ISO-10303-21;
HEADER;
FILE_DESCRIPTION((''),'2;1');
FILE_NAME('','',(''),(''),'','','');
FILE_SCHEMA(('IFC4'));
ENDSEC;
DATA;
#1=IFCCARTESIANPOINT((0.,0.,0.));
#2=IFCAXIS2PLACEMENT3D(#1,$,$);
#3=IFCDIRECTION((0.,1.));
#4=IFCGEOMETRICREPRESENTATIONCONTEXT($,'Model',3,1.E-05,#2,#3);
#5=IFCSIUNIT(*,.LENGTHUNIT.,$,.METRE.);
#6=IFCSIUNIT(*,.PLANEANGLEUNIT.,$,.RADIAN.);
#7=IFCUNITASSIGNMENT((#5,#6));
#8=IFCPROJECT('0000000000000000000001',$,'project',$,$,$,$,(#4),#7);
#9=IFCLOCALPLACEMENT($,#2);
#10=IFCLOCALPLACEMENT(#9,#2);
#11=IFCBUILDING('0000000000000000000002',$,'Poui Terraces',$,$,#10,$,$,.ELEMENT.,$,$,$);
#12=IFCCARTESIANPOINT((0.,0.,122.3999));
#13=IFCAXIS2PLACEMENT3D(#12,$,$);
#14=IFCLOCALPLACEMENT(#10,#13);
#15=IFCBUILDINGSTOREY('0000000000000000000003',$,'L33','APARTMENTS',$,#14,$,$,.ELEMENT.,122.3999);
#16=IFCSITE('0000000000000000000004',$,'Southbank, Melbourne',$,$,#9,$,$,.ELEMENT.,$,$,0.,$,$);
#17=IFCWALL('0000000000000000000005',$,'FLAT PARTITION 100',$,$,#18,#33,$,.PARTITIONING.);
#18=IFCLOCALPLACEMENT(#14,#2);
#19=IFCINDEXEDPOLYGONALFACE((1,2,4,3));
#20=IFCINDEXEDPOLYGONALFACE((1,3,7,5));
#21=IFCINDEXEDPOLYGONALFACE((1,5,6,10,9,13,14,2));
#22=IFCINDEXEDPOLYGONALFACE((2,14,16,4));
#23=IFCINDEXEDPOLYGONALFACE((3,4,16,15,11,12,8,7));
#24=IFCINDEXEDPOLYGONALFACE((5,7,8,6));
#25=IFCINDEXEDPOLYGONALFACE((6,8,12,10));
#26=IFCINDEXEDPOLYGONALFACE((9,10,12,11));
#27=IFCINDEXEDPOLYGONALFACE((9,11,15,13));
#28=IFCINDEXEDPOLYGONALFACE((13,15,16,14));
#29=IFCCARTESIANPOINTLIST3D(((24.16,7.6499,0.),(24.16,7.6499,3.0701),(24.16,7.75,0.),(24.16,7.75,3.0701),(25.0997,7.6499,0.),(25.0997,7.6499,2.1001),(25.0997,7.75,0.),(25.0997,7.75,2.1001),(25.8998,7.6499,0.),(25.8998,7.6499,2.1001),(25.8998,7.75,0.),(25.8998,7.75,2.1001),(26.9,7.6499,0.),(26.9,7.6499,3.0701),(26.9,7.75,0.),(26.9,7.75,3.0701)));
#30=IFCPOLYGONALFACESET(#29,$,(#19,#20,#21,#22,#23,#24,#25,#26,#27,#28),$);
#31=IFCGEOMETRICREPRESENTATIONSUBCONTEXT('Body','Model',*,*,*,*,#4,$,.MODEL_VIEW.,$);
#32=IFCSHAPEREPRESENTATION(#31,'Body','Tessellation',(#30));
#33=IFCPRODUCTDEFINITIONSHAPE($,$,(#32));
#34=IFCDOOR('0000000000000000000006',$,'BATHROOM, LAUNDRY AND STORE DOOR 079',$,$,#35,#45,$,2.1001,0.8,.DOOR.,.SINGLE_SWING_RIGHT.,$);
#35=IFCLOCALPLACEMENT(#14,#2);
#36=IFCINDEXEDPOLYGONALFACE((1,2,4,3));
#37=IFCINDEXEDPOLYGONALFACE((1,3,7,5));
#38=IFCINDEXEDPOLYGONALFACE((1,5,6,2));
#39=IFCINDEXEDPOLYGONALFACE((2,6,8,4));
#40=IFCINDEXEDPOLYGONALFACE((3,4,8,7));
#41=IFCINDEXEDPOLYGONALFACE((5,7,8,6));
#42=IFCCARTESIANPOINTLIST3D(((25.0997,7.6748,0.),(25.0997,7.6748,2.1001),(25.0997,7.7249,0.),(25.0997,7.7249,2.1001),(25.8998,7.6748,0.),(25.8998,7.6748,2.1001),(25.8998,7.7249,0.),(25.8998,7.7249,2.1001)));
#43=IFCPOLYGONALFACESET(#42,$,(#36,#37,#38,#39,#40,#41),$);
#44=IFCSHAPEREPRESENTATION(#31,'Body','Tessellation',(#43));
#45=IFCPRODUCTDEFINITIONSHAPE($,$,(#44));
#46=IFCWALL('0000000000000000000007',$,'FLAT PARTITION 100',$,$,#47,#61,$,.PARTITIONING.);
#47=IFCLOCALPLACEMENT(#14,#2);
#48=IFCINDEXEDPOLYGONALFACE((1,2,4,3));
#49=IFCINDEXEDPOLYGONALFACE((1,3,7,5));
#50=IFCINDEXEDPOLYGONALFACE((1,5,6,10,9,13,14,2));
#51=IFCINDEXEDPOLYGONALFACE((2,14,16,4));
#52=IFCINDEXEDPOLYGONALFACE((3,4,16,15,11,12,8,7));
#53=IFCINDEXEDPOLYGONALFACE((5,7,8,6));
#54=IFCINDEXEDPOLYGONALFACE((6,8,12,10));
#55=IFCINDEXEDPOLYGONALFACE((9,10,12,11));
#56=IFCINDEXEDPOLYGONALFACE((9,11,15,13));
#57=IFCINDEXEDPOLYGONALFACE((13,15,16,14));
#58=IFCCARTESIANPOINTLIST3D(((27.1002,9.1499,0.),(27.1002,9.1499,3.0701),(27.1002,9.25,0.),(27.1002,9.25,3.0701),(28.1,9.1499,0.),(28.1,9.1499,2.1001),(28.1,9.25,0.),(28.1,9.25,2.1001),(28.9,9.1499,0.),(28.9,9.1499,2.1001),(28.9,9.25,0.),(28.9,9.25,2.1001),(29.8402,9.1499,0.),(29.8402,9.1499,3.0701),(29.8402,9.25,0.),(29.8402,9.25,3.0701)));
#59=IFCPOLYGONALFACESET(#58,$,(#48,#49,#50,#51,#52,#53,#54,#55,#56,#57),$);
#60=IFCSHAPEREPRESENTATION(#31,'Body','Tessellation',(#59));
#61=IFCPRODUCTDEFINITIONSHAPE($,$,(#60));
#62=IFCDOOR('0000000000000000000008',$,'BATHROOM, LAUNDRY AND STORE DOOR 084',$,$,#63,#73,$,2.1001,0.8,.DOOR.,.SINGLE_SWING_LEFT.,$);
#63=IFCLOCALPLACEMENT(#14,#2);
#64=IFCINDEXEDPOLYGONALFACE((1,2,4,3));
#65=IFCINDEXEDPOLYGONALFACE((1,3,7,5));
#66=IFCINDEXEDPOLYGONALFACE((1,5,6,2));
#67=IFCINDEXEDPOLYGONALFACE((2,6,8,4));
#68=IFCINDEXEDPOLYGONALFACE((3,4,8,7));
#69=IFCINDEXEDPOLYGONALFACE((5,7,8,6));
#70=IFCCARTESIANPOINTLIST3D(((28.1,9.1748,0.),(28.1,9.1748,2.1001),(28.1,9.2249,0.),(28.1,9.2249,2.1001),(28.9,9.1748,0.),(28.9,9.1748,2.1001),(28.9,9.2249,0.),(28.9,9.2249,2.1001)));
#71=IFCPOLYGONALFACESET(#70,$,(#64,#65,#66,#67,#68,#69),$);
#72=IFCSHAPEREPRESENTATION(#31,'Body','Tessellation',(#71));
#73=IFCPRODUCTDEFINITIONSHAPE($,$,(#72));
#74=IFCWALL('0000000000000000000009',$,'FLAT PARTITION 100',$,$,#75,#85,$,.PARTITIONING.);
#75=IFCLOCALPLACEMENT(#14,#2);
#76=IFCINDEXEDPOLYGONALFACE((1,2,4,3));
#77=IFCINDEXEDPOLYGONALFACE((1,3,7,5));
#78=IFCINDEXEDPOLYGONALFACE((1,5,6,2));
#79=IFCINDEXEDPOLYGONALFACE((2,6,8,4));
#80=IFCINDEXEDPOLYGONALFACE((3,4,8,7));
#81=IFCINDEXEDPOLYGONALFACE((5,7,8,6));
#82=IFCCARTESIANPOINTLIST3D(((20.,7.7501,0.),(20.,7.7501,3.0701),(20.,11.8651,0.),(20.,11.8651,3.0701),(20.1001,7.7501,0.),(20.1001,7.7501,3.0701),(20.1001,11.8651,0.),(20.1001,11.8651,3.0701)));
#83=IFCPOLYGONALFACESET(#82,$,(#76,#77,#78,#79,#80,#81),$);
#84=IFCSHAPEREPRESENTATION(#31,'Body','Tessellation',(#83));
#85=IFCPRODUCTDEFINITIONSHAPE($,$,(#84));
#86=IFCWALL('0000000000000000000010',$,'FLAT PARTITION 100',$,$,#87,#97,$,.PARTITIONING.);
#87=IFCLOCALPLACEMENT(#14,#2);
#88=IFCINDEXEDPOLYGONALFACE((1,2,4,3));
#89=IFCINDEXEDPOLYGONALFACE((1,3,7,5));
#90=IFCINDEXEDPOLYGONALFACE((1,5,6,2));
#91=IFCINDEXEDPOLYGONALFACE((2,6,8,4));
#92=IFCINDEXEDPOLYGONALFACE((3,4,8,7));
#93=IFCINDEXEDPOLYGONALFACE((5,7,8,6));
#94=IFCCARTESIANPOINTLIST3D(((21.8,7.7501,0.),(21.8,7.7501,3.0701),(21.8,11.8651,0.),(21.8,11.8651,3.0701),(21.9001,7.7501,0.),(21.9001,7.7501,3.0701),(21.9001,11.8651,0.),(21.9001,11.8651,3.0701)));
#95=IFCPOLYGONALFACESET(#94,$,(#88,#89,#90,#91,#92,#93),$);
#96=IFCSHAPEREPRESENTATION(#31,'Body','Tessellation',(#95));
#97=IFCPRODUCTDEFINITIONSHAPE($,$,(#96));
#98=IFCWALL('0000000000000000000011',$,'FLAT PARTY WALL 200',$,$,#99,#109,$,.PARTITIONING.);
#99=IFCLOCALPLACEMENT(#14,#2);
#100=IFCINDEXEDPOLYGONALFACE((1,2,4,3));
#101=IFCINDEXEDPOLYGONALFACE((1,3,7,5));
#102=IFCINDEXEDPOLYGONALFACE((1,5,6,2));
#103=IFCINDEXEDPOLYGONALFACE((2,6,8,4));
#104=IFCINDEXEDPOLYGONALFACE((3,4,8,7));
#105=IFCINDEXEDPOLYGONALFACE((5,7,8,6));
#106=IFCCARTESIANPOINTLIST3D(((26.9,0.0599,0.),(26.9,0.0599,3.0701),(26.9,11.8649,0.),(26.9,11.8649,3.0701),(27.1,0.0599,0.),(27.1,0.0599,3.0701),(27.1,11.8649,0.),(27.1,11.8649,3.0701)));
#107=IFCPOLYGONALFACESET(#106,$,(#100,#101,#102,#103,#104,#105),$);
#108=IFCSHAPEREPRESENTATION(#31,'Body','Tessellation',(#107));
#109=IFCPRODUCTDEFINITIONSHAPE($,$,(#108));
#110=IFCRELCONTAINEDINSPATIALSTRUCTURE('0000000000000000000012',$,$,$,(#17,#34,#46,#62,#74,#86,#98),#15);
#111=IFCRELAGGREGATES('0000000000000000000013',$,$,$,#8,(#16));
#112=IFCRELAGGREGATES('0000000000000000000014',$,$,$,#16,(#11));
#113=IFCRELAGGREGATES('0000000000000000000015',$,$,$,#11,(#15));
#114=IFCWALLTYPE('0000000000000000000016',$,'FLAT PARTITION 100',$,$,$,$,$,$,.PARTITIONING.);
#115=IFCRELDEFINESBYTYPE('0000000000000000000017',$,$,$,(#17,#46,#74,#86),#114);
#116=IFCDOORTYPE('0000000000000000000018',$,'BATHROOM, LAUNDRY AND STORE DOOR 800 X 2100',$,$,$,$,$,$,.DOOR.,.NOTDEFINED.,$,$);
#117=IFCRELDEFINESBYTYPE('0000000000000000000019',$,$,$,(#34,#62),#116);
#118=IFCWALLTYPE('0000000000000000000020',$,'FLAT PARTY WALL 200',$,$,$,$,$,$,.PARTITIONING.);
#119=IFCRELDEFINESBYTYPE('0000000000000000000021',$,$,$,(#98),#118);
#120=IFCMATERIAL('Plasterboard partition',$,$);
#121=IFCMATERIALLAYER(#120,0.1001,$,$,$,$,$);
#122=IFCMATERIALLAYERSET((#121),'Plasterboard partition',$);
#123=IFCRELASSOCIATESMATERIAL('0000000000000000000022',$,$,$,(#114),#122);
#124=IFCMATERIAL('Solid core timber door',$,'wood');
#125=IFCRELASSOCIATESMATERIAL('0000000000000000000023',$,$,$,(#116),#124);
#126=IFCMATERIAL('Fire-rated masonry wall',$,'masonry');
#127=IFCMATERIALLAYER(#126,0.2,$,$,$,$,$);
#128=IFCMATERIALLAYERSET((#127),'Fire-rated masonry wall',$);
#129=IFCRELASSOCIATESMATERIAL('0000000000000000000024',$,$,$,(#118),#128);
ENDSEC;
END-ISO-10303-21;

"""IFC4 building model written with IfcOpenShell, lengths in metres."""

from ifc_helpers import new_model, si_unit, direction, frame, frame_2d, origin, place, context, subcontext, project, spatial, rectangle, extrude, material, layer, layer_set, type_object, element, fill, save


model = new_model("IFC4")

# Units and contexts
model_context = context("Model", 3, precision=1e-05, world=origin(), true_north=direction((0.0, 1.0)))
body_context = subcontext(model_context, "Body", "Model", "MODEL_VIEW")
ifc_project = project(units=[si_unit("LENGTHUNIT", "METRE"), si_unit("PLANEANGLEUNIT", "RADIAN")], contexts=[model_context])

# Site, building, storey
site_placement = place(None, origin())
site = spatial("IfcSite", under=ifc_project, at=site_placement, Name="Southbank, Melbourne", CompositionType="ELEMENT", RefElevation=0.0)
building_placement = place(site_placement, origin())
building = spatial("IfcBuilding", under=site, at=building_placement, Name="Poui Terraces", CompositionType="ELEMENT")
storey_placement = place(building_placement, frame((0.0, 0.0, 122.3999)))
storey = spatial("IfcBuildingStorey", under=building, at=storey_placement, Name="L33", Description="APARTMENTS", CompositionType="ELEMENT", Elevation=122.3999)

# Walls, openings, doors
ifc_material_1 = material(Name="Solid core timber door", Category="wood")
ifc_material_2 = material(Name="Plasterboard partition")
ifc_layer_1 = layer(ifc_material_2, 0.1001)
ifc_layer_set_1 = layer_set([ifc_layer_1], Name="Plasterboard partition")
wall_type_1 = type_object("IfcWallType", Name="FLAT PARTITION 100", PredefinedType="PARTITIONING", material=ifc_layer_set_1)
door_type_1 = type_object("IfcDoorType", Name="BATHROOM, LAUNDRY AND STORE DOOR 800 X 2100", OperationType="NOTDEFINED", PredefinedType="DOOR", material=ifc_material_1)
wall_1_placement = place(storey_placement, frame((24.1599, 7.7, 0.0), z_axis=(0.0, 0.0, 1.0), x_axis=(1.0, 0.0, 0.0)))
wall_1 = element("IfcWall", 1, at=wall_1_placement, inside=storey, type_object=wall_type_1, Name="FLAT PARTITION 100", PredefinedType="PARTITIONING", context=body_context, shape_type="SweptSolid", body=[
    extrude(rectangle(XDim=2.74, YDim=0.1001, at=frame_2d((1.3701, 0.0))), origin(), (0.0, 0.0, 1.0), 3.0701),
])
opening_1_placement = place(wall_1_placement, frame((0.9399, 0.0, 0.0)))
opening_1 = element("IfcOpeningElement", 2, at=opening_1_placement, cuts=wall_1, PredefinedType="OPENING", context=body_context, shape_type="SweptSolid", body=[
    extrude(rectangle(XDim=0.8, YDim=2.1001, at=frame_2d((0.3999, 1.05))), frame((0.0, 0.0601, 0.0), z_axis=(0.0, -1.0, 0.0), x_axis=(1.0, 0.0, 0.0)), (0.0, 0.0, 1.0), 0.1201),
])
door_1_placement = place(opening_1_placement, origin())
door_1 = element("IfcDoor", 3, at=door_1_placement, inside=storey, type_object=door_type_1, Name="BATHROOM, LAUNDRY AND STORE DOOR 079", OperationType="SINGLE_SWING_RIGHT", OverallHeight=2.1001, OverallWidth=0.8, PredefinedType="DOOR", context=body_context, shape_type="SweptSolid", body=[
    extrude(rectangle(XDim=0.8, YDim=2.1001, at=frame_2d((0.3999, 1.05))), frame((0.0, 0.0249, 0.0), z_axis=(0.0, -1.0, 0.0), x_axis=(1.0, 0.0, 0.0)), (0.0, 0.0, 1.0), 0.05),
])
fill(opening_1, door_1)
wall_2_placement = place(storey_placement, frame((27.1001, 9.2, 0.0), z_axis=(0.0, 0.0, 1.0), x_axis=(1.0, 0.0, 0.0)))
wall_2 = element("IfcWall", 4, at=wall_2_placement, inside=storey, type_object=wall_type_1, Name="FLAT PARTITION 100", PredefinedType="PARTITIONING", context=body_context, shape_type="SweptSolid", body=[
    extrude(rectangle(XDim=2.74, YDim=0.1001, at=frame_2d((1.3701, 0.0))), origin(), (0.0, 0.0, 1.0), 3.0701),
])
opening_2_placement = place(wall_2_placement, frame((1.0, 0.0, 0.0)))
opening_2 = element("IfcOpeningElement", 5, at=opening_2_placement, cuts=wall_2, PredefinedType="OPENING", context=body_context, shape_type="SweptSolid", body=[
    extrude(rectangle(XDim=0.8, YDim=2.1001, at=frame_2d((0.3999, 1.05))), frame((0.0, 0.0601, 0.0), z_axis=(0.0, -1.0, 0.0), x_axis=(1.0, 0.0, 0.0)), (0.0, 0.0, 1.0), 0.1201),
])
door_2_placement = place(opening_2_placement, origin())
door_2 = element("IfcDoor", 6, at=door_2_placement, inside=storey, type_object=door_type_1, Name="BATHROOM, LAUNDRY AND STORE DOOR 084", OperationType="SINGLE_SWING_LEFT", OverallHeight=2.1001, OverallWidth=0.8, PredefinedType="DOOR", context=body_context, shape_type="SweptSolid", body=[
    extrude(rectangle(XDim=0.8, YDim=2.1001, at=frame_2d((0.3999, 1.05))), frame((0.0, 0.0249, 0.0), z_axis=(0.0, -1.0, 0.0), x_axis=(1.0, 0.0, 0.0)), (0.0, 0.0, 1.0), 0.05),
])
fill(opening_2, door_2)

# Walls
for number, where, z_axis, x_axis, name in (
    (7, (20.05, 7.75, 0.0), (0.0, 0.0, 1.0), (0.0, 1.0, 0.0), "FLAT PARTITION 100"),
    (8, (21.8501, 7.75, 0.0), (0.0, 0.0, 1.0), (0.0, 1.0, 0.0), "FLAT PARTITION 100"),
):
    element("IfcWall", number, at=place(storey_placement, frame(where, z_axis=z_axis, x_axis=x_axis)), inside=storey, type_object=wall_type_1, Name=name, PredefinedType="PARTITIONING", context=body_context, shape_type="SweptSolid", body=[
        extrude(rectangle(XDim=4.115, YDim=0.1001, at=frame_2d((2.0576, 0.0))), origin(), (0.0, 0.0, 1.0), 3.0701),
    ])
ifc_material_3 = material(Name="Fire-rated masonry wall", Category="masonry")
ifc_layer_2 = layer(ifc_material_3, 0.2)
ifc_layer_set_2 = layer_set([ifc_layer_2], Name="Fire-rated masonry wall")
wall_type_2 = type_object("IfcWallType", Name="FLAT PARTY WALL 200", PredefinedType="PARTITIONING", material=ifc_layer_set_2)
wall_3_placement = place(storey_placement, frame((27.0, 0.0601, 0.0), z_axis=(0.0, 0.0, 1.0), x_axis=(0.0, 1.0, 0.0)))
element("IfcWall", 9, at=wall_3_placement, inside=storey, type_object=wall_type_2, Name="FLAT PARTY WALL 200", PredefinedType="PARTITIONING", context=body_context, shape_type="SweptSolid", body=[
    extrude(rectangle(XDim=11.8049, YDim=0.2, at=frame_2d((5.9023, 0.0))), origin(), (0.0, 0.0, 1.0), 3.0701),
])

save(model, "model.ifc")
